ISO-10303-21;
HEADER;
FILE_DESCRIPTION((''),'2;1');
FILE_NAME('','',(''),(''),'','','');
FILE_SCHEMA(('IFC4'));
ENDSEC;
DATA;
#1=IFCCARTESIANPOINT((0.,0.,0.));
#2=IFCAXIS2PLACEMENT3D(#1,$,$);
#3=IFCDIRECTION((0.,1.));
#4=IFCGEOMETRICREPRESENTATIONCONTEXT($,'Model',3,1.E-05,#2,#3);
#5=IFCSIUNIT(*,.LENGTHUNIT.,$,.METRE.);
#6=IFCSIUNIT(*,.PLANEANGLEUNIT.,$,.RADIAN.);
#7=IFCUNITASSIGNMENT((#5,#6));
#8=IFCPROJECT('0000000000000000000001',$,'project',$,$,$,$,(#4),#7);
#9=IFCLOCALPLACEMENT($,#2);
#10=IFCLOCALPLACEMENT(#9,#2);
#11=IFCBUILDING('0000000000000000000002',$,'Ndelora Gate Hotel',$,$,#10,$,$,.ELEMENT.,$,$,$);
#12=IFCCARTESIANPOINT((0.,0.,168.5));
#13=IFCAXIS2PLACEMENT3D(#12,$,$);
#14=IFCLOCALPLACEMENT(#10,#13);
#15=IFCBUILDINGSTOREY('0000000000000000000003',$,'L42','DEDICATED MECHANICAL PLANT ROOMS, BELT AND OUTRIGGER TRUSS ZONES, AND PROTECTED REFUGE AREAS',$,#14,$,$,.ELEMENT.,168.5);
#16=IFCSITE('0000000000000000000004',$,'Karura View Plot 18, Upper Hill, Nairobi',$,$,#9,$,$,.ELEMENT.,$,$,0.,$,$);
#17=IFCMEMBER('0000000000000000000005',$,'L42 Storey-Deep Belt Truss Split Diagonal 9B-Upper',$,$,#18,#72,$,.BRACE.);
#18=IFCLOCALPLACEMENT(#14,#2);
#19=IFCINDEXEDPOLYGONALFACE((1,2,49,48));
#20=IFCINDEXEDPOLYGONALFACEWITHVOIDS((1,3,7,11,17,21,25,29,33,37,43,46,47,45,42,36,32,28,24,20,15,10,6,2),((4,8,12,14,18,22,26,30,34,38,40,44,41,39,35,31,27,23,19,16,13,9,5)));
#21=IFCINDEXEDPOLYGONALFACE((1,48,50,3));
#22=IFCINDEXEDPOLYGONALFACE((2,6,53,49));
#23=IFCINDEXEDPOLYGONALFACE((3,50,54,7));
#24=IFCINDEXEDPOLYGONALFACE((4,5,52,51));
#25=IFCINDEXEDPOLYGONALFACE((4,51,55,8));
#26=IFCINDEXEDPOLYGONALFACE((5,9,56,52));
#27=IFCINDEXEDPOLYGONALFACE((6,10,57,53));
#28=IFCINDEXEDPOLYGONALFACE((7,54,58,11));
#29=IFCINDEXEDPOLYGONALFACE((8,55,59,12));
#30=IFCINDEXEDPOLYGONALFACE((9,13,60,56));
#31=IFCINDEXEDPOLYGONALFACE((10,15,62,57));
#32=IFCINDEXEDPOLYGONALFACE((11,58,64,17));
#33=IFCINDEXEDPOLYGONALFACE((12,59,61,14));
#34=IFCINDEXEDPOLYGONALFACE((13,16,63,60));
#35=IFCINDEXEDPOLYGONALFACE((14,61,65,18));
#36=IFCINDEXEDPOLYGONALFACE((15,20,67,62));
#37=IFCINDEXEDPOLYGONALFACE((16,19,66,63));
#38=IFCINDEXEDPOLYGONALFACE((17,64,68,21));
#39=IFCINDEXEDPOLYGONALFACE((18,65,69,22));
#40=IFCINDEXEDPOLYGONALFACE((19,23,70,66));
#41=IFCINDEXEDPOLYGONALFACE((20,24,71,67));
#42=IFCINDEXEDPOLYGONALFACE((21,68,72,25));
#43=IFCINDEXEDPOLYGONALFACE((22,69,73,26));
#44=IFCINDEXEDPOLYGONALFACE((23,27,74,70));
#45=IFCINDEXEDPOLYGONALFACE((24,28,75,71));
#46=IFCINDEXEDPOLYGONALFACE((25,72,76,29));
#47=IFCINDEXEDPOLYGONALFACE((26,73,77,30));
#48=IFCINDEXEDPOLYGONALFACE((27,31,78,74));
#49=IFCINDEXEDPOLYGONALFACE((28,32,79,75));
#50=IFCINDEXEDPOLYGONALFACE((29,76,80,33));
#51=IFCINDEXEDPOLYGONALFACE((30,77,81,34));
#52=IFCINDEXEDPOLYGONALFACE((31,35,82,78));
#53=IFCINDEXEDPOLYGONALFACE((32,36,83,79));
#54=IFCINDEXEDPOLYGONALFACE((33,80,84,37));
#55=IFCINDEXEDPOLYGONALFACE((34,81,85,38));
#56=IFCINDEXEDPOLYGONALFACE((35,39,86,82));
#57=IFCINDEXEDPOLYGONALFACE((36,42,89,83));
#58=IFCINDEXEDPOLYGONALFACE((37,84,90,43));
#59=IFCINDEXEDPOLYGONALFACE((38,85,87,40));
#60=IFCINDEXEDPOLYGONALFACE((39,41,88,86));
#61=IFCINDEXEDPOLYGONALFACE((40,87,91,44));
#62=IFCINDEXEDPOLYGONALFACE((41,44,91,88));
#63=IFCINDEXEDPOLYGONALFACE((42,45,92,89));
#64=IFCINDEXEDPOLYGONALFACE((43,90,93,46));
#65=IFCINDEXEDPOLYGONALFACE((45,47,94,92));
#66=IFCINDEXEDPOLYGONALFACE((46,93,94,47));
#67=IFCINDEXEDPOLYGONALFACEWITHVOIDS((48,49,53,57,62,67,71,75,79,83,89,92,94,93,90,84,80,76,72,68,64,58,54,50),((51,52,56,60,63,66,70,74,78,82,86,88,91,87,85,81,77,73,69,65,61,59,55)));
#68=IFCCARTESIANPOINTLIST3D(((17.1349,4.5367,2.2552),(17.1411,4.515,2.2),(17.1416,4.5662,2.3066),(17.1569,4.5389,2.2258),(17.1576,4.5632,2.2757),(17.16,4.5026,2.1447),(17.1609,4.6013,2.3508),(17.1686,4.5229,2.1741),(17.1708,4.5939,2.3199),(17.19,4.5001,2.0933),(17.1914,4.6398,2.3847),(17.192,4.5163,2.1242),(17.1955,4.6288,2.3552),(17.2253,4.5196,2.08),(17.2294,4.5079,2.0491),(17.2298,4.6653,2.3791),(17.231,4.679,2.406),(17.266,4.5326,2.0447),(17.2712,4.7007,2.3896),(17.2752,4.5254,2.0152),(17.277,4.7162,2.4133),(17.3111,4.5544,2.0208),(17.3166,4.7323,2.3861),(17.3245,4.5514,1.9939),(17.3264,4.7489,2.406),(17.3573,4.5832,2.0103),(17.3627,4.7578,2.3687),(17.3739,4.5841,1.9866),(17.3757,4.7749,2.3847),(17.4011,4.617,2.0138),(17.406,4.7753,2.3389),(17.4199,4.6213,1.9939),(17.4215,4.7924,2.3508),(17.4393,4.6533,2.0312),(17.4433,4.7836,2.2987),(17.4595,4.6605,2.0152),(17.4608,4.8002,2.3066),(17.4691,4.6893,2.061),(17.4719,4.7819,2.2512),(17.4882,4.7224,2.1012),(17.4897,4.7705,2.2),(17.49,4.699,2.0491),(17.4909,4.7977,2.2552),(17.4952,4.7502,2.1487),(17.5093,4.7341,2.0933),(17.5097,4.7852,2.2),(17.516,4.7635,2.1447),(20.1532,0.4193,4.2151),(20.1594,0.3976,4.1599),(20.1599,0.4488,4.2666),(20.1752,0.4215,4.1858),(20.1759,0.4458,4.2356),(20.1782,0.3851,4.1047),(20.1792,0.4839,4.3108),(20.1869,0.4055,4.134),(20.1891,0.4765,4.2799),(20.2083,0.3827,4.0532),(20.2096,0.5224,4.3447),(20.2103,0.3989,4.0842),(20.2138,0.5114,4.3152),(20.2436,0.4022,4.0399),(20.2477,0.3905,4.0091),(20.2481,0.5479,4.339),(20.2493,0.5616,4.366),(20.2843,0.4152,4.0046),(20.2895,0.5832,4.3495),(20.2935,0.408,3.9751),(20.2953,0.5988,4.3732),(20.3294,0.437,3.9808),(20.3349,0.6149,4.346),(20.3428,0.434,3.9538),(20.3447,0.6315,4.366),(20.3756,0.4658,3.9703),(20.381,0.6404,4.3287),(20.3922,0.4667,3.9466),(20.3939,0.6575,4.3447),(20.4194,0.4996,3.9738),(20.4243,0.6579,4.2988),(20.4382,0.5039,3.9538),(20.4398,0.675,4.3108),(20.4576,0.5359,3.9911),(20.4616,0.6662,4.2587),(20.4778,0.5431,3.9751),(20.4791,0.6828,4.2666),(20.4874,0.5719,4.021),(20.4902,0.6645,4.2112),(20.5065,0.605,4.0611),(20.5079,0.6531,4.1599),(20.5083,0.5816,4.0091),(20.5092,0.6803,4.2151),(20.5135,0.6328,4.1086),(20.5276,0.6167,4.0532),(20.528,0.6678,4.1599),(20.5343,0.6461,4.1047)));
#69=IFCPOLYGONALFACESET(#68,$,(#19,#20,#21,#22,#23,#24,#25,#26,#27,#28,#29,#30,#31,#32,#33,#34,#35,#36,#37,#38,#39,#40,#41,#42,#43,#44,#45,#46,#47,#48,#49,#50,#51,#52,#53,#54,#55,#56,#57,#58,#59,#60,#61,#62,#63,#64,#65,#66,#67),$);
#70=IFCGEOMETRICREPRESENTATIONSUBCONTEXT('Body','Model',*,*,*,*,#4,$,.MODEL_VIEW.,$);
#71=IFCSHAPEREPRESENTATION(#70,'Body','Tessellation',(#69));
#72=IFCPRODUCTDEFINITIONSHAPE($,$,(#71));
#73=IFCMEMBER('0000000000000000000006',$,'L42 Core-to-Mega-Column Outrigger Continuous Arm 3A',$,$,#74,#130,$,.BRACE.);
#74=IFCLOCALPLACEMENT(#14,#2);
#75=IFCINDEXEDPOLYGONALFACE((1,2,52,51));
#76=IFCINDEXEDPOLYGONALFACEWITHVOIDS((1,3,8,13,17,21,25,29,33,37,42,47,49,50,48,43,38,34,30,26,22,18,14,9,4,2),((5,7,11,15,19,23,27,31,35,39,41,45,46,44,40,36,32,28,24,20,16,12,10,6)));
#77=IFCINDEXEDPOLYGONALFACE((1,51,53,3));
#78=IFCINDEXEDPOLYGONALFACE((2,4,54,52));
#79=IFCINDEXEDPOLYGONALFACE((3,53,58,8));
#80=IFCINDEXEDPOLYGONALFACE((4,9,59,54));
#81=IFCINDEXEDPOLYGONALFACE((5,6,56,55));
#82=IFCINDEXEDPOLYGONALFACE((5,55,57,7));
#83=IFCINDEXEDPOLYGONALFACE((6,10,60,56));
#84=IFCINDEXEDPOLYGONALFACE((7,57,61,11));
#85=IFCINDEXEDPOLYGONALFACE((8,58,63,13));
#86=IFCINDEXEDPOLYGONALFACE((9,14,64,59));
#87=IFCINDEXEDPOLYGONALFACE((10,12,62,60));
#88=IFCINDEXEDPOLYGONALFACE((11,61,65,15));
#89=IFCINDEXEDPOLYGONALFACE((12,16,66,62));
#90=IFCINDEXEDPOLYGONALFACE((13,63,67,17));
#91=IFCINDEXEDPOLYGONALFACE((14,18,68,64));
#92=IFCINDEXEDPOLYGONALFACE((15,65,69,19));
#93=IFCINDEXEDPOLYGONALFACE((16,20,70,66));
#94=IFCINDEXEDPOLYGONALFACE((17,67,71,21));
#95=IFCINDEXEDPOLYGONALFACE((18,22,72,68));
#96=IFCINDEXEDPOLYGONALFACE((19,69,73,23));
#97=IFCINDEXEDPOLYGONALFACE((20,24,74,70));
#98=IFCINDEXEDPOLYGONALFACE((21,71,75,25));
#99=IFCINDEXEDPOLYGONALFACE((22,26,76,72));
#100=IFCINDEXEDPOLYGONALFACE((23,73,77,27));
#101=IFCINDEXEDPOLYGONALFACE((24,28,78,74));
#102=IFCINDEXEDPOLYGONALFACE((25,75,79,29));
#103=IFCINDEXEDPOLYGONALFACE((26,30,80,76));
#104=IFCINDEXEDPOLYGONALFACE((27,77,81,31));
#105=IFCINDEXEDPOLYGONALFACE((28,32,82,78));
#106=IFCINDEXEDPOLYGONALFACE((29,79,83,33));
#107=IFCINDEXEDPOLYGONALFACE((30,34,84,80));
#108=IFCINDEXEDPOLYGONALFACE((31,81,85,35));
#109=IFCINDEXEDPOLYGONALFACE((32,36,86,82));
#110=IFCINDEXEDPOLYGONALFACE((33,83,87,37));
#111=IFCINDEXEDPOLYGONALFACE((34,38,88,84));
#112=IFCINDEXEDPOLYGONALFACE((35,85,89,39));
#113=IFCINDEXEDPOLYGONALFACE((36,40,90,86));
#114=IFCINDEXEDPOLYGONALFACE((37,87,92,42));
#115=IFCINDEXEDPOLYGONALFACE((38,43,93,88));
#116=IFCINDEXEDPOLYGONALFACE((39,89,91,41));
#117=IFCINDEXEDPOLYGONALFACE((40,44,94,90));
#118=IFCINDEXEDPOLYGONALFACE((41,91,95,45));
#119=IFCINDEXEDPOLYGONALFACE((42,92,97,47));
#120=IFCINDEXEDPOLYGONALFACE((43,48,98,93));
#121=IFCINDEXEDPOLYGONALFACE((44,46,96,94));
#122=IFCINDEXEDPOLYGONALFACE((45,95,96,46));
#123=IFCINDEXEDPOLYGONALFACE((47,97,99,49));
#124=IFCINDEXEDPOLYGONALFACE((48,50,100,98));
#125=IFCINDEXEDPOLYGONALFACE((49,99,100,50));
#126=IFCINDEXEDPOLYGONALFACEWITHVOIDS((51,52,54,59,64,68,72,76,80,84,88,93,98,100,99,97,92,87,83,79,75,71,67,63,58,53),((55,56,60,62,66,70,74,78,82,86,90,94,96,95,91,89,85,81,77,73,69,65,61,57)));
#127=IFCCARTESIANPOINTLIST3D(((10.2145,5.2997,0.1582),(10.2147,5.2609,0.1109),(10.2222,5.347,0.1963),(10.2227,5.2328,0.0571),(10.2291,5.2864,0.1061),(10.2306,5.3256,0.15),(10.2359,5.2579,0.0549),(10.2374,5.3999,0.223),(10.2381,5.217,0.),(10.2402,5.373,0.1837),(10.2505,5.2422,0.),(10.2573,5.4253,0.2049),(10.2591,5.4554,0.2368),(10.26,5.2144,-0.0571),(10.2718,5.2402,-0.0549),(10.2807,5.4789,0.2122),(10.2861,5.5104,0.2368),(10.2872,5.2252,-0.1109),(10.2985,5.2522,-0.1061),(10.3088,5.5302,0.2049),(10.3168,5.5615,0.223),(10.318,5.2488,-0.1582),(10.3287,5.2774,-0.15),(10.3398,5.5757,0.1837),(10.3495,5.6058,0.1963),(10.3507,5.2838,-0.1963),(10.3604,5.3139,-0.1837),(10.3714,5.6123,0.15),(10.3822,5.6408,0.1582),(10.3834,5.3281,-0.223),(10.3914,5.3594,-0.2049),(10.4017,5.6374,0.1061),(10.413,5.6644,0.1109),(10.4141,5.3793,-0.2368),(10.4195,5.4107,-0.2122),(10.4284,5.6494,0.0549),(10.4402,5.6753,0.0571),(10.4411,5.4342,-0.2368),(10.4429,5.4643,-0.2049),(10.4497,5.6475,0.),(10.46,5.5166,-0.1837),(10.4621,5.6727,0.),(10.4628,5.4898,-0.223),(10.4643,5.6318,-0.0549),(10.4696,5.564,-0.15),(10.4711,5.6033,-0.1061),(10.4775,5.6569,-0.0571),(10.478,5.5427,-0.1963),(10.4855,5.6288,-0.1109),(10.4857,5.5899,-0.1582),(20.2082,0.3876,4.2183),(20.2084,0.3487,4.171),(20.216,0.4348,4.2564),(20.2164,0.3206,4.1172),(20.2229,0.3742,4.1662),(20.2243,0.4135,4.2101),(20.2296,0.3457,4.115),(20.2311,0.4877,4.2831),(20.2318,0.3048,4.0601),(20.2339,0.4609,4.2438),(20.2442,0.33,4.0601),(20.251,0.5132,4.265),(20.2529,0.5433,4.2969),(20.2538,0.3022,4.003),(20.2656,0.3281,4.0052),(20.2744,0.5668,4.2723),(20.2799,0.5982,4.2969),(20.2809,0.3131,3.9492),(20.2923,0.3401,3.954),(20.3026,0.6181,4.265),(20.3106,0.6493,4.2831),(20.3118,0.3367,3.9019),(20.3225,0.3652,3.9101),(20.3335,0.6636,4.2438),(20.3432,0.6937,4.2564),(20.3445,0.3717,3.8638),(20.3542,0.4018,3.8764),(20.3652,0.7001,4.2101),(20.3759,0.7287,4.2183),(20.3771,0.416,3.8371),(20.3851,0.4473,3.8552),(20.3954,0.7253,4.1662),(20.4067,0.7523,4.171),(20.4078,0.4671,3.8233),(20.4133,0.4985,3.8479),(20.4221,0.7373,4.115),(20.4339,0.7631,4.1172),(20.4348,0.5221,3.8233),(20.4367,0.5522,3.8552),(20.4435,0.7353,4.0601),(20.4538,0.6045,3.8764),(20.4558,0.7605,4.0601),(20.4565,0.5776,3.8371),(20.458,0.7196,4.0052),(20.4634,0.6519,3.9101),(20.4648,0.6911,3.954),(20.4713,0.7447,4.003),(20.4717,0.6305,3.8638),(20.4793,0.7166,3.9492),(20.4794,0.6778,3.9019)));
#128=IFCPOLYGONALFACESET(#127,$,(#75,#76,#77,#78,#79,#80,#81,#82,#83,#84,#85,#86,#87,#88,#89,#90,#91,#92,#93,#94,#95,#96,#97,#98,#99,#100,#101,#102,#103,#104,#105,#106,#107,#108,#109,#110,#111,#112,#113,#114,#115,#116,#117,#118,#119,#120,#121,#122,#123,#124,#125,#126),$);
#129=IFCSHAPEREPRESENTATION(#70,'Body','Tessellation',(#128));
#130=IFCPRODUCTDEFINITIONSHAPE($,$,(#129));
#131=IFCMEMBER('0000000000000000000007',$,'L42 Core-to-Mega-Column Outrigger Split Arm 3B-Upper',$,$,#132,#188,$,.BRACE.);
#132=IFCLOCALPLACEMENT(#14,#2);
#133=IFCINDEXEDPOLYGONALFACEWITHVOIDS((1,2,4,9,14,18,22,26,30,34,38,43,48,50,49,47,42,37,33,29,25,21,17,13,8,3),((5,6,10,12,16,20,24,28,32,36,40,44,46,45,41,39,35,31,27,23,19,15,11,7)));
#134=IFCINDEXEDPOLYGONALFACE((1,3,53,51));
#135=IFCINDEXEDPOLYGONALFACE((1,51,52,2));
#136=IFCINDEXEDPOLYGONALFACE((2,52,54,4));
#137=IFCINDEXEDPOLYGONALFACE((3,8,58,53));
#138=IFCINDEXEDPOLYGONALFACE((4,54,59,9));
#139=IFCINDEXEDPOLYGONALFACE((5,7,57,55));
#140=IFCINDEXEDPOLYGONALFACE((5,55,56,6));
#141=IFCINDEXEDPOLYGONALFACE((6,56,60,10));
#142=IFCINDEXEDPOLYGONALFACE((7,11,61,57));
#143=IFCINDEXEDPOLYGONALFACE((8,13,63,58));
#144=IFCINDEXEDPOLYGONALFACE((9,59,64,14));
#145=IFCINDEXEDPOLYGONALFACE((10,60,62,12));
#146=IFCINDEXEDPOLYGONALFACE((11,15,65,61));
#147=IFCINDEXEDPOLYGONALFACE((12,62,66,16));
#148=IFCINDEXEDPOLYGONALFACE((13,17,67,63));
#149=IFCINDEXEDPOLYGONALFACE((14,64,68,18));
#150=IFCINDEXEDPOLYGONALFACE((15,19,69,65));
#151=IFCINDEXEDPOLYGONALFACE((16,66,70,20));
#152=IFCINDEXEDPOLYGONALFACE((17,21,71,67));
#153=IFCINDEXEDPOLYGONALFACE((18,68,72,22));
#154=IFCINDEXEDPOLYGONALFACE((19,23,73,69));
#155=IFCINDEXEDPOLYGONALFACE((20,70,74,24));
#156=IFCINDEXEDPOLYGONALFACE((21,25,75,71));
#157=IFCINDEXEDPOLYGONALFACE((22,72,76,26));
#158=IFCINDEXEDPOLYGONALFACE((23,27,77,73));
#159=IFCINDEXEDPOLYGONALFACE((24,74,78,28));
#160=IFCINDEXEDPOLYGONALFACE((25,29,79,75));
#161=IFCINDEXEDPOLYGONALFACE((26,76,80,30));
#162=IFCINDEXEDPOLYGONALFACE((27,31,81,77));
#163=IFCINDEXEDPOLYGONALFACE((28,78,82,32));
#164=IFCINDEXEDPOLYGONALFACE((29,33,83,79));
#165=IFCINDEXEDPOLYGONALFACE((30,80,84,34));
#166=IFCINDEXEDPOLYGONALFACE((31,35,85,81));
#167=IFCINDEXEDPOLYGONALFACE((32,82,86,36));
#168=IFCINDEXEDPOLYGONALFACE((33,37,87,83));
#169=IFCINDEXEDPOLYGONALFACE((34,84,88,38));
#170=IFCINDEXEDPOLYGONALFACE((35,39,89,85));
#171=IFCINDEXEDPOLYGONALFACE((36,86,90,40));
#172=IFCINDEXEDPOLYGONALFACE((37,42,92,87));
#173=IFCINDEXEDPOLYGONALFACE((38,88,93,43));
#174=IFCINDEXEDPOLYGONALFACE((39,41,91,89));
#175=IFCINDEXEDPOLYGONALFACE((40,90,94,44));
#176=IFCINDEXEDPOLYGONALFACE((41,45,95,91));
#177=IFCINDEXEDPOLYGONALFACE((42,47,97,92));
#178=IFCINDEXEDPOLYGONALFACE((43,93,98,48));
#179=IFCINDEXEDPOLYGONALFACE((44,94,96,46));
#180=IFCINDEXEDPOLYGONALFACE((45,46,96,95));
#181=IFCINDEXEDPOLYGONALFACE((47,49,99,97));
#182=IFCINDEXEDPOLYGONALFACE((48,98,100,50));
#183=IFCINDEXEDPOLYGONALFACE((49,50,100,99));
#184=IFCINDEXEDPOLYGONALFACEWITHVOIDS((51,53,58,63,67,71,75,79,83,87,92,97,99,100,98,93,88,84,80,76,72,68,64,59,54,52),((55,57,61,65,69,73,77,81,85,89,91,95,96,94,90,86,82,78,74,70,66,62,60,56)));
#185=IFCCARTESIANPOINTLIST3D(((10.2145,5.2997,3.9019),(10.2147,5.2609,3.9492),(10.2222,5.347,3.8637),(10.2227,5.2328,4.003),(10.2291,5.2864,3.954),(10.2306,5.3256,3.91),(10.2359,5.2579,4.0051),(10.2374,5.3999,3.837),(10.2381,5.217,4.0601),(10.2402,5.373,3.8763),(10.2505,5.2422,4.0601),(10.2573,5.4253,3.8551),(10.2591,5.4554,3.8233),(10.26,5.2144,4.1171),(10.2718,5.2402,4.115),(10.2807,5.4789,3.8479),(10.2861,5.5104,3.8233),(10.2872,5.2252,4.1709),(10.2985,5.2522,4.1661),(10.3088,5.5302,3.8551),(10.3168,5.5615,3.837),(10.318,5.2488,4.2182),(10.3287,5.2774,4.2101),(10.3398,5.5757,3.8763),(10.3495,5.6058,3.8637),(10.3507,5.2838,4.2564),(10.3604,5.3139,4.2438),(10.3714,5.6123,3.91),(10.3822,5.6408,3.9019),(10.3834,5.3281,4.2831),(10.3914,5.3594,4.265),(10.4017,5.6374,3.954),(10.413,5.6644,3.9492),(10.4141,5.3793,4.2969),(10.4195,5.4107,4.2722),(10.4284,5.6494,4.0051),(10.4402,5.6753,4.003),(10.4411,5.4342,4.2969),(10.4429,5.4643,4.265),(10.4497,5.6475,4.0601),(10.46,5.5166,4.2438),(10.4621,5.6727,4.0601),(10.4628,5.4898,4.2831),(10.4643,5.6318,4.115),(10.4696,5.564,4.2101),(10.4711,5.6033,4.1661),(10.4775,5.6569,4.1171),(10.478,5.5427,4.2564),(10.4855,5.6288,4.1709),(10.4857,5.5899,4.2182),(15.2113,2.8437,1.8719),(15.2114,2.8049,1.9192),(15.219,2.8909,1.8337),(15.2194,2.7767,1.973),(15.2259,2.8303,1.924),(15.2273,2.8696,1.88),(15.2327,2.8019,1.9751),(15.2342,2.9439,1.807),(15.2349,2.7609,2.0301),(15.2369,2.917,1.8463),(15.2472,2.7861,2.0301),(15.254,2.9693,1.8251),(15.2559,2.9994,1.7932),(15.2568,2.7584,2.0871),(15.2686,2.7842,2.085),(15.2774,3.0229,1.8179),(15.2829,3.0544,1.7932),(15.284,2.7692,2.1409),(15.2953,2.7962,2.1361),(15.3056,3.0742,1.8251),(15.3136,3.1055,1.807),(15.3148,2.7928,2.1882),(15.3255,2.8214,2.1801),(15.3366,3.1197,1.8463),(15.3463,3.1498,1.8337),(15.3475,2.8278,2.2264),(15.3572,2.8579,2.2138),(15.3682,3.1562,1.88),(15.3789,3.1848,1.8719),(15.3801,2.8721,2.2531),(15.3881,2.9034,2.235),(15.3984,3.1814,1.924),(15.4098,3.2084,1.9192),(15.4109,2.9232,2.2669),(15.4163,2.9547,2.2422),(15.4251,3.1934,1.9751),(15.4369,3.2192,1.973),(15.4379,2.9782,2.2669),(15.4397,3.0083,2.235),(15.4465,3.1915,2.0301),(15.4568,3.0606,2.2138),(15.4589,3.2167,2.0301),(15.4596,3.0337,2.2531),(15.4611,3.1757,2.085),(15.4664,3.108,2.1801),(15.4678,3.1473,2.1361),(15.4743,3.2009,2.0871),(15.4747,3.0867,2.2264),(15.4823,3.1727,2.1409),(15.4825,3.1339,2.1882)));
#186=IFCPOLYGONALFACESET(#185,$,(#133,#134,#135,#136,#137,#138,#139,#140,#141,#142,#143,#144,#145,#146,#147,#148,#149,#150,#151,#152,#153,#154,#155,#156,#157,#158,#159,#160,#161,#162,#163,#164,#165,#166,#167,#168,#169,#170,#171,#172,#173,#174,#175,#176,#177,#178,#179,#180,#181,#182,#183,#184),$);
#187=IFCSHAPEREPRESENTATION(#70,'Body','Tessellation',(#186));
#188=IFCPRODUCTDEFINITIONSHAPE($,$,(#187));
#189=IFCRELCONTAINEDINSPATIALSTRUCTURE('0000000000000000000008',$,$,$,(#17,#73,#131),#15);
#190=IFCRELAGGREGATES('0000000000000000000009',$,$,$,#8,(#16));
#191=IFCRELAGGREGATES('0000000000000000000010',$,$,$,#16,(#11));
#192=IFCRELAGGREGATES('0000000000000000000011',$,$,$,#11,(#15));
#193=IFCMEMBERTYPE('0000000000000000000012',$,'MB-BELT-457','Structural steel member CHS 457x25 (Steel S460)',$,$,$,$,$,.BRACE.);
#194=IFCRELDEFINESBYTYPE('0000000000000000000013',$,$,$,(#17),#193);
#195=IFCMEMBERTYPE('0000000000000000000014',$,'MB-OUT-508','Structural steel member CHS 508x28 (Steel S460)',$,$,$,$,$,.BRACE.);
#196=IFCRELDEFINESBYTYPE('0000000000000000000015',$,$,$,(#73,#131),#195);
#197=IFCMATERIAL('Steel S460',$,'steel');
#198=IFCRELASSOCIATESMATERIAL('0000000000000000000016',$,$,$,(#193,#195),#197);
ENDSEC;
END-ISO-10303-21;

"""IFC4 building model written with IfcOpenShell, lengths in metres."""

from ifc_helpers import new_model, si_unit, direction, frame, origin, origin_2d, place, context, subcontext, project, spatial, hollow_circle, extrude, material, material_profile, profile_set, type_object, element, save


model = new_model("IFC4")

# Units and contexts
model_context = context("Model", 3, precision=1e-05, world=origin(), true_north=direction((0.0, 1.0)))
body_context = subcontext(model_context, "Body", "Model", "MODEL_VIEW")
ifc_project = project(units=[si_unit("LENGTHUNIT", "METRE"), si_unit("PLANEANGLEUNIT", "RADIAN")], contexts=[model_context])

# Site, building, storey
site_placement = place(None, origin())
site = spatial("IfcSite", under=ifc_project, at=site_placement, Name="Karura View Plot 18, Upper Hill, Nairobi", CompositionType="ELEMENT", RefElevation=0.0)
building_placement = place(site_placement, origin())
building = spatial("IfcBuilding", under=site, at=building_placement, Name="Ndelora Gate Hotel", CompositionType="ELEMENT")
storey_placement = place(building_placement, frame((0.0, 0.0, 168.5)))
storey = spatial("IfcBuildingStorey", under=building, at=storey_placement, Name="L42", Description="DEDICATED MECHANICAL PLANT ROOMS, BELT AND OUTRIGGER TRUSS ZONES, AND PROTECTED REFUGE AREAS", CompositionType="ELEMENT", Elevation=168.5)

# Shared definitions
ifc_material_1 = material(Name="Steel S460", Category="steel")

# Members
ifc_material_profile_1 = material_profile(ifc_material_1, hollow_circle(Radius=0.2285, WallThickness=0.0249, at=origin_2d()), Name="CHS 457x25")
ifc_profile_set_1 = profile_set([ifc_material_profile_1], Name="Steel S460")
member_type_1 = type_object("IfcMemberType", Name="MB-BELT-457", Description="Structural steel member CHS 457x25 (Steel S460)", PredefinedType="BRACE", material=ifc_profile_set_1)
member_1_placement = place(storey_placement, frame((17.3254, 4.6501, 2.2), z_axis=(0.551941, -0.752931, 0.358407), x_axis=(0.806511, 0.591219, 0.0)))
element("IfcMember", 1, at=member_1_placement, inside=storey, type_object=member_type_1, Name="L42 Storey-Deep Belt Truss Split Diagonal 9B-Upper", PredefinedType="BRACE", context=body_context, shape_type="SweptSolid", body=[
    extrude(hollow_circle(Radius=0.2285, WallThickness=0.0249, at=origin_2d()), origin(), (0.0, 0.0, 1.0), 5.4685),
])
ifc_material_profile_2 = material_profile(ifc_material_1, hollow_circle(Radius=0.2539, WallThickness=0.0281, at=origin_2d()), Name="CHS 508x28")
ifc_profile_set_2 = profile_set([ifc_material_profile_2], Name="Steel S460")
member_type_2 = type_object("IfcMemberType", Name="MB-OUT-508", Description="Structural steel member CHS 508x28 (Steel S460)", PredefinedType="BRACE", material=ifc_profile_set_2)
member_2_placement = place(storey_placement, frame((10.3501, 5.4448, 0.0), z_axis=(0.843156, -0.41443, 0.342544), x_axis=(0.441117, 0.89745, 0.0)))
element("IfcMember", 2, at=member_2_placement, inside=storey, type_object=member_type_2, Name="L42 Core-to-Mega-Column Outrigger Continuous Arm 3A", PredefinedType="BRACE", context=body_context, shape_type="SweptSolid", body=[
    extrude(hollow_circle(Radius=0.2539, WallThickness=0.0281, at=origin_2d()), origin(), (0.0, 0.0, 1.0), 11.8528),
])
for number, where, z_axis, x_axis, name in (
    (3, (10.3501, 5.4448, 4.0601), (0.843156, -0.41443, -0.342544), (0.441117, 0.89745, 0.0), "L42 Core-to-Mega-Column Outrigger Split Arm 3B-Upper"),
):
    element("IfcMember", number, at=place(storey_placement, frame(where, z_axis=z_axis, x_axis=x_axis)), inside=storey, type_object=member_type_2, Name=name, PredefinedType="BRACE", context=body_context, shape_type="SweptSolid", body=[
        extrude(hollow_circle(Radius=0.2539, WallThickness=0.0281, at=origin_2d()), origin(), (0.0, 0.0, 1.0), 5.9263),
    ])

save(model, "model.ifc")
